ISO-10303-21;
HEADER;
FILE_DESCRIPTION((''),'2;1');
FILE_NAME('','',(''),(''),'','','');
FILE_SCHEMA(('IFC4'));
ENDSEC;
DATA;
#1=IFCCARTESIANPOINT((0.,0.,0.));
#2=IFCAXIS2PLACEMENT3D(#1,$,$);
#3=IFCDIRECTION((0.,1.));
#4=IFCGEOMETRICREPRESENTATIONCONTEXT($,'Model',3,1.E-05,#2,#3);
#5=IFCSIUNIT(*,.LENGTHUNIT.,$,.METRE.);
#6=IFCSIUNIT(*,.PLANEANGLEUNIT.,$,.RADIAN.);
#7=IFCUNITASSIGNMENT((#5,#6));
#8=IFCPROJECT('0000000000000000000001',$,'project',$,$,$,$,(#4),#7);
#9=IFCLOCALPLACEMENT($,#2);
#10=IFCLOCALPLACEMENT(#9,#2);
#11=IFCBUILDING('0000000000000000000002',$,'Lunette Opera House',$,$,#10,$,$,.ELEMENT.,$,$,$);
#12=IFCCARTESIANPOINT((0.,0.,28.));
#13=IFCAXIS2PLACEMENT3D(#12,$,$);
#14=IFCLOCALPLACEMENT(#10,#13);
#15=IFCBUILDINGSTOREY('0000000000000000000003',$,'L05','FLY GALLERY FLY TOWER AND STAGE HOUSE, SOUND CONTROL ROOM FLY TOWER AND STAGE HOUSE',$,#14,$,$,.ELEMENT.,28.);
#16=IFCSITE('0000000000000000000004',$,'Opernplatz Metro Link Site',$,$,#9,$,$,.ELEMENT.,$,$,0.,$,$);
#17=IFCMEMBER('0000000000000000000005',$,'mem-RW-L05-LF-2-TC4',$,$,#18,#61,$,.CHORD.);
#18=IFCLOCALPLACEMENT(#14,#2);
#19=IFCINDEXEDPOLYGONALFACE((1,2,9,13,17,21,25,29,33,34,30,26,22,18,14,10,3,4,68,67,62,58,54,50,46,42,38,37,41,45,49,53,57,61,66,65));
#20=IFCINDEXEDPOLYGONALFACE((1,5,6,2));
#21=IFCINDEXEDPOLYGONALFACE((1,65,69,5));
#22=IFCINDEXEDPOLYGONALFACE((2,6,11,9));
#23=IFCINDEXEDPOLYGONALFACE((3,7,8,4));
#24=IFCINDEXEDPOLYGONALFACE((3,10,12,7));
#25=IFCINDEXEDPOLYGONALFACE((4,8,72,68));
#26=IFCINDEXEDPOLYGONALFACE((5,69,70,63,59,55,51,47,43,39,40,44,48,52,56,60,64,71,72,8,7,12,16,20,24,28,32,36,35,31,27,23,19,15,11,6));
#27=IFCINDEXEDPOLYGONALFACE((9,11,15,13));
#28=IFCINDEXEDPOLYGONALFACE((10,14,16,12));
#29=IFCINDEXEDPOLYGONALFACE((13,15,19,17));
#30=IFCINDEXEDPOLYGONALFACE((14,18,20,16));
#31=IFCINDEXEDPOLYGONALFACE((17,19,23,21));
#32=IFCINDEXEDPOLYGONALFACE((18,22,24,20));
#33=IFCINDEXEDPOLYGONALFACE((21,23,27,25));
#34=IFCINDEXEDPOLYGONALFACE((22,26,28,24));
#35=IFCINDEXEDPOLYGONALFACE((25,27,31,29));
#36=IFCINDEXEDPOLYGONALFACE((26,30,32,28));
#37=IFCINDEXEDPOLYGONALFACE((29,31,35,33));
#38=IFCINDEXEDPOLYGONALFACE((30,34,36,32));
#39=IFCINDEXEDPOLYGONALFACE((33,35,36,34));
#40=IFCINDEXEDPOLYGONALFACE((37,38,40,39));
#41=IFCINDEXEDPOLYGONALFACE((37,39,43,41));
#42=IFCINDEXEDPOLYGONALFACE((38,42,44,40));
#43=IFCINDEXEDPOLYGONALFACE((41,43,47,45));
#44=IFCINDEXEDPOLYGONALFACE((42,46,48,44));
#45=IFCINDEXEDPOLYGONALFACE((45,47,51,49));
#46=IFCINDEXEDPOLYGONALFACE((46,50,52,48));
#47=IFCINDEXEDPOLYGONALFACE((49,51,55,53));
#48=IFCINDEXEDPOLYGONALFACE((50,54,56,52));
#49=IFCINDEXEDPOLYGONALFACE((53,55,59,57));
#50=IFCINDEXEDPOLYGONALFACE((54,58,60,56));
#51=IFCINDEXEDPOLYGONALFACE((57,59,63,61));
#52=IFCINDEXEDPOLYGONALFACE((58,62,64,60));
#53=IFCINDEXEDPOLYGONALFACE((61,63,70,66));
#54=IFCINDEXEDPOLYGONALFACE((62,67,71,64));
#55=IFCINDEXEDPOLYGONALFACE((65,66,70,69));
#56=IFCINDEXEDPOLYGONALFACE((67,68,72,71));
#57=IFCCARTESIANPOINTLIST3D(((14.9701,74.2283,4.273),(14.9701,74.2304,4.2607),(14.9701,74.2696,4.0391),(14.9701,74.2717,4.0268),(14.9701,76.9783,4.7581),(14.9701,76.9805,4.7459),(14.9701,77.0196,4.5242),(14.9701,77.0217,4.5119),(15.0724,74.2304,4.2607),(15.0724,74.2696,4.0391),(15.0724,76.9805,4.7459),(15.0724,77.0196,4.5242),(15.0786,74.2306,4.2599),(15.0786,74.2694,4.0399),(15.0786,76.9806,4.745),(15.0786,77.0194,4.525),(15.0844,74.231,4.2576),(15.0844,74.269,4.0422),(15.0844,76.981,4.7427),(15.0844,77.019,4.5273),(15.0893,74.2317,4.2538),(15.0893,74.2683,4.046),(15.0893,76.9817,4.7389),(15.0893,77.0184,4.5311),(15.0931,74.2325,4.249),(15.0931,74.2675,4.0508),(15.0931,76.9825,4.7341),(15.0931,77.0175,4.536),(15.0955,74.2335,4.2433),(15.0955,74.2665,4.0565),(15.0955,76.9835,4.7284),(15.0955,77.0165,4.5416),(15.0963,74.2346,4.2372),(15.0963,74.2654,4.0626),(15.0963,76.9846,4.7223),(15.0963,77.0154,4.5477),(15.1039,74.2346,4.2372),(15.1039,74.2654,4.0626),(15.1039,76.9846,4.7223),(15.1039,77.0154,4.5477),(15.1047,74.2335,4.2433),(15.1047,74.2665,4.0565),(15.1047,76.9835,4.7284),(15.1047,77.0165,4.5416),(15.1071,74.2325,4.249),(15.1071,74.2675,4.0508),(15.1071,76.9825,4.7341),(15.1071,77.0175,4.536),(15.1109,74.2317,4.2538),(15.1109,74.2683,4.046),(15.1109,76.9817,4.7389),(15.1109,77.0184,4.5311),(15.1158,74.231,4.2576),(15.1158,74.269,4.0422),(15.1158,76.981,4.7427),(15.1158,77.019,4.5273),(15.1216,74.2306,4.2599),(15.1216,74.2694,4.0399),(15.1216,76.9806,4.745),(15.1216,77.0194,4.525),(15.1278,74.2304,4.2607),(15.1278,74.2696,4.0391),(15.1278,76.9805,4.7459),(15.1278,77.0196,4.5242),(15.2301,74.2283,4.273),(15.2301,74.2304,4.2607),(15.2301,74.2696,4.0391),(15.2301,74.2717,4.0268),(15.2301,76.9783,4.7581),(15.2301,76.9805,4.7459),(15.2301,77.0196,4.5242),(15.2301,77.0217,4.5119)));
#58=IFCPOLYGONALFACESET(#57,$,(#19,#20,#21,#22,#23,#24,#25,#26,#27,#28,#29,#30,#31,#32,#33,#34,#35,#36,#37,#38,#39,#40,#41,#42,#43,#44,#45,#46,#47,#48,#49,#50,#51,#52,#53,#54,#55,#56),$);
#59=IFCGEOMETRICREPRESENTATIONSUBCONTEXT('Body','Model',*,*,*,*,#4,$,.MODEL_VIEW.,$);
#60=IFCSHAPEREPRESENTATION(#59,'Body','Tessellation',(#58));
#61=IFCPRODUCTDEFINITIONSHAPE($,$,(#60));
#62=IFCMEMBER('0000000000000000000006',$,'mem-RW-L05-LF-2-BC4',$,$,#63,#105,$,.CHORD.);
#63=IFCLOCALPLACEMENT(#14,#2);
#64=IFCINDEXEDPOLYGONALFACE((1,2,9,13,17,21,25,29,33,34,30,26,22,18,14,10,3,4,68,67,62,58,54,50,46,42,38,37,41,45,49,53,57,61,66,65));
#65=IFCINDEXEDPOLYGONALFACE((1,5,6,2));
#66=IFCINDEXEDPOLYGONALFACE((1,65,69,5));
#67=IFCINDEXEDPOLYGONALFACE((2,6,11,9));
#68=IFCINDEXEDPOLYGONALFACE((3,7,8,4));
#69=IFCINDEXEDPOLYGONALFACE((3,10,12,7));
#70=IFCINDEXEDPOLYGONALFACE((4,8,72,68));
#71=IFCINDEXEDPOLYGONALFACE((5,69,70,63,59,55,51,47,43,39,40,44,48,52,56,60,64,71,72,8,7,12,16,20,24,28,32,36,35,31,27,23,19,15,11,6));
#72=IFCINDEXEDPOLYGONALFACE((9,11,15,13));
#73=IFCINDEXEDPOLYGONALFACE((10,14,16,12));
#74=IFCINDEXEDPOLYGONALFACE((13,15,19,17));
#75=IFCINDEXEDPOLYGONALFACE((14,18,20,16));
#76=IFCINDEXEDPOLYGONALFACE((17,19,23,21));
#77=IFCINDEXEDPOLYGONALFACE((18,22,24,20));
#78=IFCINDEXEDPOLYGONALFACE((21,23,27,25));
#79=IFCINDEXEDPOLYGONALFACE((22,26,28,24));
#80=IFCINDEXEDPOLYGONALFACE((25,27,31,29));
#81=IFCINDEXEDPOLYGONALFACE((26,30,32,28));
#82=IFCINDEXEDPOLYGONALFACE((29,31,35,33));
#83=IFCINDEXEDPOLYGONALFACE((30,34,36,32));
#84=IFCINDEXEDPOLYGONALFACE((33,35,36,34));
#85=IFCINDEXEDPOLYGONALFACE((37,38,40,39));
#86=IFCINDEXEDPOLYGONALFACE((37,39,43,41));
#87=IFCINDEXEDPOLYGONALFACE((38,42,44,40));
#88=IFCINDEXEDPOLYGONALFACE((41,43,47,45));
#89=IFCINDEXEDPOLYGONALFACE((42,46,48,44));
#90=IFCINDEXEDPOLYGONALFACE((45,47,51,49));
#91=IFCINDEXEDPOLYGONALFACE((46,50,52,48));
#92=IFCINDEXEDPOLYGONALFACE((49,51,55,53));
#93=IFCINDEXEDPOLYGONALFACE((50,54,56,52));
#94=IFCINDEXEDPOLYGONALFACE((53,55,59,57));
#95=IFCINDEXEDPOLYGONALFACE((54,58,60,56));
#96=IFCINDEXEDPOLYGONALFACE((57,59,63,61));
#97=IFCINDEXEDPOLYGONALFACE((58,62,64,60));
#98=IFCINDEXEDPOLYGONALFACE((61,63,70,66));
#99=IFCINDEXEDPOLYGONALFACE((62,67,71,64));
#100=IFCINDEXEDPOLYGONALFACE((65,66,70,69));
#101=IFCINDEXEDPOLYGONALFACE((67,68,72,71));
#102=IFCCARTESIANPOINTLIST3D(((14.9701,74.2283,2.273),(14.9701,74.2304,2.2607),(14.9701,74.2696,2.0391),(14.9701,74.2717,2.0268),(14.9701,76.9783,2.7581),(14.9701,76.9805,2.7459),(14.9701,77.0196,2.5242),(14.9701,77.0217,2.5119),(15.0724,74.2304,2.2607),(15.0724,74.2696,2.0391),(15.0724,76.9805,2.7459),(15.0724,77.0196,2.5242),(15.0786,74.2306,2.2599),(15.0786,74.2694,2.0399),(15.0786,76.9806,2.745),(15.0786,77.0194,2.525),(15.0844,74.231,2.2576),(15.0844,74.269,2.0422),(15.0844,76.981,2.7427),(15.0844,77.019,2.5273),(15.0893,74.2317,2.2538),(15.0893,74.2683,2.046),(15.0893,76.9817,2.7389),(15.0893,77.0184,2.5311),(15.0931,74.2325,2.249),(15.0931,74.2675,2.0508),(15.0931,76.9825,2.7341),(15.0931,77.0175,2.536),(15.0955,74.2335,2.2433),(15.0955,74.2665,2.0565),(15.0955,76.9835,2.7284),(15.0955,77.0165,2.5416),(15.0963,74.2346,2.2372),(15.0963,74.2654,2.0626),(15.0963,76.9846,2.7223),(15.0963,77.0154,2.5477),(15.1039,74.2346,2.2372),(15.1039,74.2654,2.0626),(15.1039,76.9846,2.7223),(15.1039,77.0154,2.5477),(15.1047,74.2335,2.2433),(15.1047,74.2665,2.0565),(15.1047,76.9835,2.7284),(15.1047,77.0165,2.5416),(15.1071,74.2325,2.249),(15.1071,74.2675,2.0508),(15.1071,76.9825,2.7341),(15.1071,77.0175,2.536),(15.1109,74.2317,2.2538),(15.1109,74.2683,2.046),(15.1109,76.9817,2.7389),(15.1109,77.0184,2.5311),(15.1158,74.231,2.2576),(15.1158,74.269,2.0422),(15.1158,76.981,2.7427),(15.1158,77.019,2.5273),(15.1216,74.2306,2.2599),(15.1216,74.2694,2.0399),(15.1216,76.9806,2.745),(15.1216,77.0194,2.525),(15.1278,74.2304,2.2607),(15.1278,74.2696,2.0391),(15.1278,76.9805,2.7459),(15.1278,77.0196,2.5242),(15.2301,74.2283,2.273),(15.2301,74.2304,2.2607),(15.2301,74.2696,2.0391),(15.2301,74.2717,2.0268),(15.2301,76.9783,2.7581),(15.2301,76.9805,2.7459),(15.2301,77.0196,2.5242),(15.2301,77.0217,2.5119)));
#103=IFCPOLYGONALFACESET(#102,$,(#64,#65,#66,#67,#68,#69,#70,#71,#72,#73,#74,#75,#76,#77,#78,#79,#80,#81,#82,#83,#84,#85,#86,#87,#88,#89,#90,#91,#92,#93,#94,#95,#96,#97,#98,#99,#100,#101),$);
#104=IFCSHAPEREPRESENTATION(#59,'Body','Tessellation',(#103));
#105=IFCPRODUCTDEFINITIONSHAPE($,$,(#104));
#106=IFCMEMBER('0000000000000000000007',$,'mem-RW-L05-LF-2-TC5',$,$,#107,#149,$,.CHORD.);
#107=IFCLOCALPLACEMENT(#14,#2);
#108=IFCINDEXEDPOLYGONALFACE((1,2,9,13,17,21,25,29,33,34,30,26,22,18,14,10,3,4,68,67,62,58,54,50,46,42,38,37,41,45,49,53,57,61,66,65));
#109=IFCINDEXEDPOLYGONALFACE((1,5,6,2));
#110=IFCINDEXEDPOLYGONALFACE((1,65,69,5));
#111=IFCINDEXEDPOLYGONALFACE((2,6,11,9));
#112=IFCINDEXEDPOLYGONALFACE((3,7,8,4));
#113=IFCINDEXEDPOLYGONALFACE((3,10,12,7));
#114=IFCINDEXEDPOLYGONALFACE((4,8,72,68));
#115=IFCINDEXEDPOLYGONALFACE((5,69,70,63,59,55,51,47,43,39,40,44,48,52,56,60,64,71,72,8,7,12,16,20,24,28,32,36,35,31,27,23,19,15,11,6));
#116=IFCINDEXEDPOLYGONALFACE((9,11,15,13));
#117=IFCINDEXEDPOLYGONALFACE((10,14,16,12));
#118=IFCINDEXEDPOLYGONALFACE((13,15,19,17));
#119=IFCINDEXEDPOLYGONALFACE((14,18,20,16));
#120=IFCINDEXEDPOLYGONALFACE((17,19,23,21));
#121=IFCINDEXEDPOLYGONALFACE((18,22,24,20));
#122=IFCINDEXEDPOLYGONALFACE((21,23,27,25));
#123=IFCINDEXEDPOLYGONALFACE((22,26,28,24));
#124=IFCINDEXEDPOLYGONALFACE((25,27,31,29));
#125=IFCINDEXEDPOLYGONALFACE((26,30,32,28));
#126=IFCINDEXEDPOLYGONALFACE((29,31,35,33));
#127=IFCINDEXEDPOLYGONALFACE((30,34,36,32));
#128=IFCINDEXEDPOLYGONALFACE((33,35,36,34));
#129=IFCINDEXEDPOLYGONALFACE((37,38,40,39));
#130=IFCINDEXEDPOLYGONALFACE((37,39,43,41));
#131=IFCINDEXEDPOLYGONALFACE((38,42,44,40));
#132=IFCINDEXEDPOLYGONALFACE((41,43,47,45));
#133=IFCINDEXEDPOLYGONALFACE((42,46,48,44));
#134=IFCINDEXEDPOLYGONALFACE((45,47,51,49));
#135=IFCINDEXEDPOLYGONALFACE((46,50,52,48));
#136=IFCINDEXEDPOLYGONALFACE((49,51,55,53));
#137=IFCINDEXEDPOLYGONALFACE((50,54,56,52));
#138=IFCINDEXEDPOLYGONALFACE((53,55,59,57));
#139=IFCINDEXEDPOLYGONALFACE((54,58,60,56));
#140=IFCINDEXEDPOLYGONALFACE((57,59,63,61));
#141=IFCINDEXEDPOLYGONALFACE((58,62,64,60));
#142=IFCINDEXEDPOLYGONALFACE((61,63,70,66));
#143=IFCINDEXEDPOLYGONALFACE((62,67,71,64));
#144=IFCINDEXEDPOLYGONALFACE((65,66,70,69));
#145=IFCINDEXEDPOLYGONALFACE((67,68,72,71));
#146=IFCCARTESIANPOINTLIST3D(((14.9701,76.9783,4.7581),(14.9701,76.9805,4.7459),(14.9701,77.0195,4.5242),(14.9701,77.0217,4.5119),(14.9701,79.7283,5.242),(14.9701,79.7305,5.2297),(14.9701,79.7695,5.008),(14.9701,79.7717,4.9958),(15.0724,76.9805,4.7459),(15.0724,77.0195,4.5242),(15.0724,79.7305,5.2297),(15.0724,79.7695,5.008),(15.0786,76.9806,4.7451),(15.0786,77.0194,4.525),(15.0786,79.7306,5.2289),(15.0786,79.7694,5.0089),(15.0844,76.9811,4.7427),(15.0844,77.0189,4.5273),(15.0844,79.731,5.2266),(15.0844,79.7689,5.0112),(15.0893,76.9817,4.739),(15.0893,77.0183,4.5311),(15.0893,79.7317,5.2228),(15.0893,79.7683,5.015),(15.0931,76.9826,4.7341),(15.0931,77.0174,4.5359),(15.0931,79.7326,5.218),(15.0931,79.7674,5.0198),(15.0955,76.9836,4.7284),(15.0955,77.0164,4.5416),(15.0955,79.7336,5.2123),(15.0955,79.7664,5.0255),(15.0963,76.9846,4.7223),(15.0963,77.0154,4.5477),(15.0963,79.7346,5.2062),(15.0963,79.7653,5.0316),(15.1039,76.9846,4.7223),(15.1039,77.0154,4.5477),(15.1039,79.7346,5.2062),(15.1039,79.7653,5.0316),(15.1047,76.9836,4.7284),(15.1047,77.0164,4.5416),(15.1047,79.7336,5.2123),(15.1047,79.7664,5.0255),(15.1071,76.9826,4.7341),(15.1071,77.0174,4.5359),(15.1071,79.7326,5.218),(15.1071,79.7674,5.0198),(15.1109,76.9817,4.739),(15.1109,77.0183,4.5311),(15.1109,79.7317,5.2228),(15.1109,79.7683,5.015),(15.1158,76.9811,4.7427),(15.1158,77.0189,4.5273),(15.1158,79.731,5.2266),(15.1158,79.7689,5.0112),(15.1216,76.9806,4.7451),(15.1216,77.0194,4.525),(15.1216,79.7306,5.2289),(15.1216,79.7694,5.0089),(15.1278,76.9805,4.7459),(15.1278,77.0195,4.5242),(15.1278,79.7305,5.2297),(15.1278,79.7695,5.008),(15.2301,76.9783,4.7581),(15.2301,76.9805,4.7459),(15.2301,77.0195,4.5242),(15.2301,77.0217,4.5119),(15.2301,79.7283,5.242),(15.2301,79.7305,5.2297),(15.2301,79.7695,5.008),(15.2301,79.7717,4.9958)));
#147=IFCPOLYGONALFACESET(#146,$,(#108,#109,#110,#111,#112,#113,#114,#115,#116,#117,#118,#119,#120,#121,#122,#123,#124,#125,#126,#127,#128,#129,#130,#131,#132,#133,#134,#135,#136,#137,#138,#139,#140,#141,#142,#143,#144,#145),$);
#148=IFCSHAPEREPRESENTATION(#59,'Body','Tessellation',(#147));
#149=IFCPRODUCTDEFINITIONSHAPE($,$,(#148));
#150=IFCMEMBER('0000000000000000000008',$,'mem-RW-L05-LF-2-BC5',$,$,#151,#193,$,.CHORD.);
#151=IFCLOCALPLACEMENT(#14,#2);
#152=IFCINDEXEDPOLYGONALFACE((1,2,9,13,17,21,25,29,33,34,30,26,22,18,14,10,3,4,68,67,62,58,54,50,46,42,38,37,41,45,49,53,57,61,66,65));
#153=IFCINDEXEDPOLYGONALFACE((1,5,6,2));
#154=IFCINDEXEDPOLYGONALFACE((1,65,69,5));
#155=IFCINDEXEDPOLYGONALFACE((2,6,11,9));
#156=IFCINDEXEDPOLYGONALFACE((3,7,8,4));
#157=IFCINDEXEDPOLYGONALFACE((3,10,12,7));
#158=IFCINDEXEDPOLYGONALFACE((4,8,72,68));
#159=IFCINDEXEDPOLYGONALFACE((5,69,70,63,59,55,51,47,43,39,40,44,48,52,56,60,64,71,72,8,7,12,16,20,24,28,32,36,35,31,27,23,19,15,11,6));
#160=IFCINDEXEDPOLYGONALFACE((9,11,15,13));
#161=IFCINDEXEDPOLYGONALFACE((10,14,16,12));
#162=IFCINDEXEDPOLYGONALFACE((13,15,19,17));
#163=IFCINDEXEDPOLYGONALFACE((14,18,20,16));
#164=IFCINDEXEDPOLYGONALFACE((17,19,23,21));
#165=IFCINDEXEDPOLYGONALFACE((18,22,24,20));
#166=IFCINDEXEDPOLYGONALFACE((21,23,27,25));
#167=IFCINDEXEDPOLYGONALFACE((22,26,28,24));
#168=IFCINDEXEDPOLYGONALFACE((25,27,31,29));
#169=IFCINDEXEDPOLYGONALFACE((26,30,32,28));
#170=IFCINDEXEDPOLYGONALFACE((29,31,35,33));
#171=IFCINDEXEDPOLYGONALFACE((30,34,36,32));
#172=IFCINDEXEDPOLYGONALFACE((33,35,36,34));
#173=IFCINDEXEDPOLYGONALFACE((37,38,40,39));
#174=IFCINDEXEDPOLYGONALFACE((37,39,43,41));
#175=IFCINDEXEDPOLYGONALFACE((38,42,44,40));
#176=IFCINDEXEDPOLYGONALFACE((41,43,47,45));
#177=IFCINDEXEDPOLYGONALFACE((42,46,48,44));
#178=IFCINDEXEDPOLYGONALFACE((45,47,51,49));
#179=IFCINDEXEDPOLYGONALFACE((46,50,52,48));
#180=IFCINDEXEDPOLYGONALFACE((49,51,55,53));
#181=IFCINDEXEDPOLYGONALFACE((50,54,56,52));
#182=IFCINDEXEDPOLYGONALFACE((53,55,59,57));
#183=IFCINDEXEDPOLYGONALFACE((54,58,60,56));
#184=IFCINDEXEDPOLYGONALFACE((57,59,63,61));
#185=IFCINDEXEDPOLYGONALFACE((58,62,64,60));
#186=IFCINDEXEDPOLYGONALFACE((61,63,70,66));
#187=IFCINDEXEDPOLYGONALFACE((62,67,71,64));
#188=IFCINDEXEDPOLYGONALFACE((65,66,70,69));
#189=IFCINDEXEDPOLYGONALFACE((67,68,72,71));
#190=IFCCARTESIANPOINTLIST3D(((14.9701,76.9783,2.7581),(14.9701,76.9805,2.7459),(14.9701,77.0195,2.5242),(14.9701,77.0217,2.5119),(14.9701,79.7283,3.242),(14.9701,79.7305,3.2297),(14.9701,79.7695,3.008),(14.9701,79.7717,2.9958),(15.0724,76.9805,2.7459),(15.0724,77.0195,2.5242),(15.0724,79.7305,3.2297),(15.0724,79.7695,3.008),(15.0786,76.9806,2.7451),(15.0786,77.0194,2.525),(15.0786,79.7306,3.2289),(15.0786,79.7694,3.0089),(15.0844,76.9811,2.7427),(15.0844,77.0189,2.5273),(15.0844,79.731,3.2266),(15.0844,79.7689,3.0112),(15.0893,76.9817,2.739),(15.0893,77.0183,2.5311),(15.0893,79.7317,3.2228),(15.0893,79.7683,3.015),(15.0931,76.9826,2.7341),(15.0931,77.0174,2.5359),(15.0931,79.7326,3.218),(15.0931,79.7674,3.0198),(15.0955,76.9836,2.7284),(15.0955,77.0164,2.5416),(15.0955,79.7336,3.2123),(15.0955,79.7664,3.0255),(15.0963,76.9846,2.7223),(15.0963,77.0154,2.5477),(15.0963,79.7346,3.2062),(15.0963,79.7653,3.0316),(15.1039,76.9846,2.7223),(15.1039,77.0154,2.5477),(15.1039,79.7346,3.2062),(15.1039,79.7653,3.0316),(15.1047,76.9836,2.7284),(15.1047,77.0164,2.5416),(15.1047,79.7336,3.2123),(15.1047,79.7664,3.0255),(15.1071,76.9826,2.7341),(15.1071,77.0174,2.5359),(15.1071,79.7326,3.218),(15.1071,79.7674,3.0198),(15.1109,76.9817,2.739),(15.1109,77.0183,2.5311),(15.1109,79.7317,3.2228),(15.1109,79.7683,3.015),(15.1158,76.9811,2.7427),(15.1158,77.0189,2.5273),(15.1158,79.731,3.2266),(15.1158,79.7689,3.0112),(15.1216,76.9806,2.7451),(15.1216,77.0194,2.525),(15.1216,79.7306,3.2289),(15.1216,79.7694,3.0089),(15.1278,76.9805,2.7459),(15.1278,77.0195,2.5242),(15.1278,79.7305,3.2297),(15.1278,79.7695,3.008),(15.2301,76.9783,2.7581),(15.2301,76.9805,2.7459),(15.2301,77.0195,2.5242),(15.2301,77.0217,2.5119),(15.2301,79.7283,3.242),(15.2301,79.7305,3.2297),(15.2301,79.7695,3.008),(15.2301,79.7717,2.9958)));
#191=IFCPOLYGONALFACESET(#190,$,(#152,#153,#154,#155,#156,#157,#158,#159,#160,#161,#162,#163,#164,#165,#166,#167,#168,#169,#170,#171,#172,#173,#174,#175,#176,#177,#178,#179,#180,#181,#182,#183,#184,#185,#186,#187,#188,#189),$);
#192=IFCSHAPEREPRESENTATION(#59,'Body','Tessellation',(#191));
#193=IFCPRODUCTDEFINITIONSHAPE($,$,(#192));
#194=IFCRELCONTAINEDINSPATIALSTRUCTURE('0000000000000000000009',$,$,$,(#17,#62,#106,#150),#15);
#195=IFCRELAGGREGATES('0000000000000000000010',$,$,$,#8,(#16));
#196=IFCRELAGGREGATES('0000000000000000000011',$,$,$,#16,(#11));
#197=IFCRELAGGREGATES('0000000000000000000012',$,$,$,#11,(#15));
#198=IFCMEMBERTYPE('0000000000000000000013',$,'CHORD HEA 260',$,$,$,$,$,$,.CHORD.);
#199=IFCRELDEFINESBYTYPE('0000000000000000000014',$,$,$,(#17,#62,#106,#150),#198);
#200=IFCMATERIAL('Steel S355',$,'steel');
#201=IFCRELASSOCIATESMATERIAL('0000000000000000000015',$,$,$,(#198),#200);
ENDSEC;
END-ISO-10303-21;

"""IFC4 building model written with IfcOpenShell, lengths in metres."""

from ifc_helpers import new_model, si_unit, direction, frame, origin, origin_2d, place, context, subcontext, project, spatial, i_section, extrude, material, material_profile, profile_set, type_object, element, save


model = new_model("IFC4")

# Units and contexts
model_context = context("Model", 3, precision=1e-05, world=origin(), true_north=direction((0.0, 1.0)))
body_context = subcontext(model_context, "Body", "Model", "MODEL_VIEW")
ifc_project = project(units=[si_unit("LENGTHUNIT", "METRE"), si_unit("PLANEANGLEUNIT", "RADIAN")], contexts=[model_context])

# Site, building, storey
site_placement = place(None, origin())
site = spatial("IfcSite", under=ifc_project, at=site_placement, Name="Opernplatz Metro Link Site", CompositionType="ELEMENT", RefElevation=0.0)
building_placement = place(site_placement, origin())
building = spatial("IfcBuilding", under=site, at=building_placement, Name="Lunette Opera House", CompositionType="ELEMENT")
storey_placement = place(building_placement, frame((0.0, 0.0, 28.0)))
storey = spatial("IfcBuildingStorey", under=building, at=storey_placement, Name="L05", Description="FLY GALLERY FLY TOWER AND STAGE HOUSE, SOUND CONTROL ROOM FLY TOWER AND STAGE HOUSE", CompositionType="ELEMENT", Elevation=28.0)

# Members
ifc_material_1 = material(Name="Steel S355", Category="steel")
ifc_material_profile_1 = material_profile(ifc_material_1, i_section(OverallWidth=0.26, OverallDepth=0.25, WebThickness=0.0076, FlangeThickness=0.0125, FilletRadius=0.0239, at=origin_2d()), Name="HEA 260")
ifc_profile_set_1 = profile_set([ifc_material_profile_1], Name="Steel S355")
member_type_1 = type_object("IfcMemberType", Name="CHORD HEA 260", PredefinedType="CHORD", material=ifc_profile_set_1)
for number, where, z_axis, x_axis, name in (
    (1, (15.1001, 74.25, 4.1499), (0.0, 0.984795, 0.17372), (-1.0, 0.0, 0.0), "mem-RW-L05-LF-2-TC4"),
    (2, (15.1001, 74.25, 2.1499), (0.0, 0.984795, 0.17372), (-1.0, 0.0, 0.0), "mem-RW-L05-LF-2-BC4"),
):
    element("IfcMember", number, at=place(storey_placement, frame(where, z_axis=z_axis, x_axis=x_axis)), inside=storey, type_object=member_type_1, Name=name, PredefinedType="CHORD", context=body_context, shape_type="SweptSolid", body=[
        extrude(i_section(OverallWidth=0.26, OverallDepth=0.25, WebThickness=0.0076, FlangeThickness=0.0125, FilletRadius=0.0239, at=origin_2d()), origin(), (0.0, 0.0, 1.0), 2.7925),
    ])
for number, where, z_axis, x_axis, name in (
    (3, (15.1001, 77.0, 4.635), (0.0, 0.98487, 0.173296), (-1.0, 0.0, 0.0), "mem-RW-L05-LF-2-TC5"),
    (4, (15.1001, 77.0, 2.635), (0.0, 0.98487, 0.173296), (-1.0, 0.0, 0.0), "mem-RW-L05-LF-2-BC5"),
):
    element("IfcMember", number, at=place(storey_placement, frame(where, z_axis=z_axis, x_axis=x_axis)), inside=storey, type_object=member_type_1, Name=name, PredefinedType="CHORD", context=body_context, shape_type="SweptSolid", body=[
        extrude(i_section(OverallWidth=0.26, OverallDepth=0.25, WebThickness=0.0076, FlangeThickness=0.0125, FilletRadius=0.0239, at=origin_2d()), origin(), (0.0, 0.0, 1.0), 2.7922),
    ])

save(model, "model.ifc")
